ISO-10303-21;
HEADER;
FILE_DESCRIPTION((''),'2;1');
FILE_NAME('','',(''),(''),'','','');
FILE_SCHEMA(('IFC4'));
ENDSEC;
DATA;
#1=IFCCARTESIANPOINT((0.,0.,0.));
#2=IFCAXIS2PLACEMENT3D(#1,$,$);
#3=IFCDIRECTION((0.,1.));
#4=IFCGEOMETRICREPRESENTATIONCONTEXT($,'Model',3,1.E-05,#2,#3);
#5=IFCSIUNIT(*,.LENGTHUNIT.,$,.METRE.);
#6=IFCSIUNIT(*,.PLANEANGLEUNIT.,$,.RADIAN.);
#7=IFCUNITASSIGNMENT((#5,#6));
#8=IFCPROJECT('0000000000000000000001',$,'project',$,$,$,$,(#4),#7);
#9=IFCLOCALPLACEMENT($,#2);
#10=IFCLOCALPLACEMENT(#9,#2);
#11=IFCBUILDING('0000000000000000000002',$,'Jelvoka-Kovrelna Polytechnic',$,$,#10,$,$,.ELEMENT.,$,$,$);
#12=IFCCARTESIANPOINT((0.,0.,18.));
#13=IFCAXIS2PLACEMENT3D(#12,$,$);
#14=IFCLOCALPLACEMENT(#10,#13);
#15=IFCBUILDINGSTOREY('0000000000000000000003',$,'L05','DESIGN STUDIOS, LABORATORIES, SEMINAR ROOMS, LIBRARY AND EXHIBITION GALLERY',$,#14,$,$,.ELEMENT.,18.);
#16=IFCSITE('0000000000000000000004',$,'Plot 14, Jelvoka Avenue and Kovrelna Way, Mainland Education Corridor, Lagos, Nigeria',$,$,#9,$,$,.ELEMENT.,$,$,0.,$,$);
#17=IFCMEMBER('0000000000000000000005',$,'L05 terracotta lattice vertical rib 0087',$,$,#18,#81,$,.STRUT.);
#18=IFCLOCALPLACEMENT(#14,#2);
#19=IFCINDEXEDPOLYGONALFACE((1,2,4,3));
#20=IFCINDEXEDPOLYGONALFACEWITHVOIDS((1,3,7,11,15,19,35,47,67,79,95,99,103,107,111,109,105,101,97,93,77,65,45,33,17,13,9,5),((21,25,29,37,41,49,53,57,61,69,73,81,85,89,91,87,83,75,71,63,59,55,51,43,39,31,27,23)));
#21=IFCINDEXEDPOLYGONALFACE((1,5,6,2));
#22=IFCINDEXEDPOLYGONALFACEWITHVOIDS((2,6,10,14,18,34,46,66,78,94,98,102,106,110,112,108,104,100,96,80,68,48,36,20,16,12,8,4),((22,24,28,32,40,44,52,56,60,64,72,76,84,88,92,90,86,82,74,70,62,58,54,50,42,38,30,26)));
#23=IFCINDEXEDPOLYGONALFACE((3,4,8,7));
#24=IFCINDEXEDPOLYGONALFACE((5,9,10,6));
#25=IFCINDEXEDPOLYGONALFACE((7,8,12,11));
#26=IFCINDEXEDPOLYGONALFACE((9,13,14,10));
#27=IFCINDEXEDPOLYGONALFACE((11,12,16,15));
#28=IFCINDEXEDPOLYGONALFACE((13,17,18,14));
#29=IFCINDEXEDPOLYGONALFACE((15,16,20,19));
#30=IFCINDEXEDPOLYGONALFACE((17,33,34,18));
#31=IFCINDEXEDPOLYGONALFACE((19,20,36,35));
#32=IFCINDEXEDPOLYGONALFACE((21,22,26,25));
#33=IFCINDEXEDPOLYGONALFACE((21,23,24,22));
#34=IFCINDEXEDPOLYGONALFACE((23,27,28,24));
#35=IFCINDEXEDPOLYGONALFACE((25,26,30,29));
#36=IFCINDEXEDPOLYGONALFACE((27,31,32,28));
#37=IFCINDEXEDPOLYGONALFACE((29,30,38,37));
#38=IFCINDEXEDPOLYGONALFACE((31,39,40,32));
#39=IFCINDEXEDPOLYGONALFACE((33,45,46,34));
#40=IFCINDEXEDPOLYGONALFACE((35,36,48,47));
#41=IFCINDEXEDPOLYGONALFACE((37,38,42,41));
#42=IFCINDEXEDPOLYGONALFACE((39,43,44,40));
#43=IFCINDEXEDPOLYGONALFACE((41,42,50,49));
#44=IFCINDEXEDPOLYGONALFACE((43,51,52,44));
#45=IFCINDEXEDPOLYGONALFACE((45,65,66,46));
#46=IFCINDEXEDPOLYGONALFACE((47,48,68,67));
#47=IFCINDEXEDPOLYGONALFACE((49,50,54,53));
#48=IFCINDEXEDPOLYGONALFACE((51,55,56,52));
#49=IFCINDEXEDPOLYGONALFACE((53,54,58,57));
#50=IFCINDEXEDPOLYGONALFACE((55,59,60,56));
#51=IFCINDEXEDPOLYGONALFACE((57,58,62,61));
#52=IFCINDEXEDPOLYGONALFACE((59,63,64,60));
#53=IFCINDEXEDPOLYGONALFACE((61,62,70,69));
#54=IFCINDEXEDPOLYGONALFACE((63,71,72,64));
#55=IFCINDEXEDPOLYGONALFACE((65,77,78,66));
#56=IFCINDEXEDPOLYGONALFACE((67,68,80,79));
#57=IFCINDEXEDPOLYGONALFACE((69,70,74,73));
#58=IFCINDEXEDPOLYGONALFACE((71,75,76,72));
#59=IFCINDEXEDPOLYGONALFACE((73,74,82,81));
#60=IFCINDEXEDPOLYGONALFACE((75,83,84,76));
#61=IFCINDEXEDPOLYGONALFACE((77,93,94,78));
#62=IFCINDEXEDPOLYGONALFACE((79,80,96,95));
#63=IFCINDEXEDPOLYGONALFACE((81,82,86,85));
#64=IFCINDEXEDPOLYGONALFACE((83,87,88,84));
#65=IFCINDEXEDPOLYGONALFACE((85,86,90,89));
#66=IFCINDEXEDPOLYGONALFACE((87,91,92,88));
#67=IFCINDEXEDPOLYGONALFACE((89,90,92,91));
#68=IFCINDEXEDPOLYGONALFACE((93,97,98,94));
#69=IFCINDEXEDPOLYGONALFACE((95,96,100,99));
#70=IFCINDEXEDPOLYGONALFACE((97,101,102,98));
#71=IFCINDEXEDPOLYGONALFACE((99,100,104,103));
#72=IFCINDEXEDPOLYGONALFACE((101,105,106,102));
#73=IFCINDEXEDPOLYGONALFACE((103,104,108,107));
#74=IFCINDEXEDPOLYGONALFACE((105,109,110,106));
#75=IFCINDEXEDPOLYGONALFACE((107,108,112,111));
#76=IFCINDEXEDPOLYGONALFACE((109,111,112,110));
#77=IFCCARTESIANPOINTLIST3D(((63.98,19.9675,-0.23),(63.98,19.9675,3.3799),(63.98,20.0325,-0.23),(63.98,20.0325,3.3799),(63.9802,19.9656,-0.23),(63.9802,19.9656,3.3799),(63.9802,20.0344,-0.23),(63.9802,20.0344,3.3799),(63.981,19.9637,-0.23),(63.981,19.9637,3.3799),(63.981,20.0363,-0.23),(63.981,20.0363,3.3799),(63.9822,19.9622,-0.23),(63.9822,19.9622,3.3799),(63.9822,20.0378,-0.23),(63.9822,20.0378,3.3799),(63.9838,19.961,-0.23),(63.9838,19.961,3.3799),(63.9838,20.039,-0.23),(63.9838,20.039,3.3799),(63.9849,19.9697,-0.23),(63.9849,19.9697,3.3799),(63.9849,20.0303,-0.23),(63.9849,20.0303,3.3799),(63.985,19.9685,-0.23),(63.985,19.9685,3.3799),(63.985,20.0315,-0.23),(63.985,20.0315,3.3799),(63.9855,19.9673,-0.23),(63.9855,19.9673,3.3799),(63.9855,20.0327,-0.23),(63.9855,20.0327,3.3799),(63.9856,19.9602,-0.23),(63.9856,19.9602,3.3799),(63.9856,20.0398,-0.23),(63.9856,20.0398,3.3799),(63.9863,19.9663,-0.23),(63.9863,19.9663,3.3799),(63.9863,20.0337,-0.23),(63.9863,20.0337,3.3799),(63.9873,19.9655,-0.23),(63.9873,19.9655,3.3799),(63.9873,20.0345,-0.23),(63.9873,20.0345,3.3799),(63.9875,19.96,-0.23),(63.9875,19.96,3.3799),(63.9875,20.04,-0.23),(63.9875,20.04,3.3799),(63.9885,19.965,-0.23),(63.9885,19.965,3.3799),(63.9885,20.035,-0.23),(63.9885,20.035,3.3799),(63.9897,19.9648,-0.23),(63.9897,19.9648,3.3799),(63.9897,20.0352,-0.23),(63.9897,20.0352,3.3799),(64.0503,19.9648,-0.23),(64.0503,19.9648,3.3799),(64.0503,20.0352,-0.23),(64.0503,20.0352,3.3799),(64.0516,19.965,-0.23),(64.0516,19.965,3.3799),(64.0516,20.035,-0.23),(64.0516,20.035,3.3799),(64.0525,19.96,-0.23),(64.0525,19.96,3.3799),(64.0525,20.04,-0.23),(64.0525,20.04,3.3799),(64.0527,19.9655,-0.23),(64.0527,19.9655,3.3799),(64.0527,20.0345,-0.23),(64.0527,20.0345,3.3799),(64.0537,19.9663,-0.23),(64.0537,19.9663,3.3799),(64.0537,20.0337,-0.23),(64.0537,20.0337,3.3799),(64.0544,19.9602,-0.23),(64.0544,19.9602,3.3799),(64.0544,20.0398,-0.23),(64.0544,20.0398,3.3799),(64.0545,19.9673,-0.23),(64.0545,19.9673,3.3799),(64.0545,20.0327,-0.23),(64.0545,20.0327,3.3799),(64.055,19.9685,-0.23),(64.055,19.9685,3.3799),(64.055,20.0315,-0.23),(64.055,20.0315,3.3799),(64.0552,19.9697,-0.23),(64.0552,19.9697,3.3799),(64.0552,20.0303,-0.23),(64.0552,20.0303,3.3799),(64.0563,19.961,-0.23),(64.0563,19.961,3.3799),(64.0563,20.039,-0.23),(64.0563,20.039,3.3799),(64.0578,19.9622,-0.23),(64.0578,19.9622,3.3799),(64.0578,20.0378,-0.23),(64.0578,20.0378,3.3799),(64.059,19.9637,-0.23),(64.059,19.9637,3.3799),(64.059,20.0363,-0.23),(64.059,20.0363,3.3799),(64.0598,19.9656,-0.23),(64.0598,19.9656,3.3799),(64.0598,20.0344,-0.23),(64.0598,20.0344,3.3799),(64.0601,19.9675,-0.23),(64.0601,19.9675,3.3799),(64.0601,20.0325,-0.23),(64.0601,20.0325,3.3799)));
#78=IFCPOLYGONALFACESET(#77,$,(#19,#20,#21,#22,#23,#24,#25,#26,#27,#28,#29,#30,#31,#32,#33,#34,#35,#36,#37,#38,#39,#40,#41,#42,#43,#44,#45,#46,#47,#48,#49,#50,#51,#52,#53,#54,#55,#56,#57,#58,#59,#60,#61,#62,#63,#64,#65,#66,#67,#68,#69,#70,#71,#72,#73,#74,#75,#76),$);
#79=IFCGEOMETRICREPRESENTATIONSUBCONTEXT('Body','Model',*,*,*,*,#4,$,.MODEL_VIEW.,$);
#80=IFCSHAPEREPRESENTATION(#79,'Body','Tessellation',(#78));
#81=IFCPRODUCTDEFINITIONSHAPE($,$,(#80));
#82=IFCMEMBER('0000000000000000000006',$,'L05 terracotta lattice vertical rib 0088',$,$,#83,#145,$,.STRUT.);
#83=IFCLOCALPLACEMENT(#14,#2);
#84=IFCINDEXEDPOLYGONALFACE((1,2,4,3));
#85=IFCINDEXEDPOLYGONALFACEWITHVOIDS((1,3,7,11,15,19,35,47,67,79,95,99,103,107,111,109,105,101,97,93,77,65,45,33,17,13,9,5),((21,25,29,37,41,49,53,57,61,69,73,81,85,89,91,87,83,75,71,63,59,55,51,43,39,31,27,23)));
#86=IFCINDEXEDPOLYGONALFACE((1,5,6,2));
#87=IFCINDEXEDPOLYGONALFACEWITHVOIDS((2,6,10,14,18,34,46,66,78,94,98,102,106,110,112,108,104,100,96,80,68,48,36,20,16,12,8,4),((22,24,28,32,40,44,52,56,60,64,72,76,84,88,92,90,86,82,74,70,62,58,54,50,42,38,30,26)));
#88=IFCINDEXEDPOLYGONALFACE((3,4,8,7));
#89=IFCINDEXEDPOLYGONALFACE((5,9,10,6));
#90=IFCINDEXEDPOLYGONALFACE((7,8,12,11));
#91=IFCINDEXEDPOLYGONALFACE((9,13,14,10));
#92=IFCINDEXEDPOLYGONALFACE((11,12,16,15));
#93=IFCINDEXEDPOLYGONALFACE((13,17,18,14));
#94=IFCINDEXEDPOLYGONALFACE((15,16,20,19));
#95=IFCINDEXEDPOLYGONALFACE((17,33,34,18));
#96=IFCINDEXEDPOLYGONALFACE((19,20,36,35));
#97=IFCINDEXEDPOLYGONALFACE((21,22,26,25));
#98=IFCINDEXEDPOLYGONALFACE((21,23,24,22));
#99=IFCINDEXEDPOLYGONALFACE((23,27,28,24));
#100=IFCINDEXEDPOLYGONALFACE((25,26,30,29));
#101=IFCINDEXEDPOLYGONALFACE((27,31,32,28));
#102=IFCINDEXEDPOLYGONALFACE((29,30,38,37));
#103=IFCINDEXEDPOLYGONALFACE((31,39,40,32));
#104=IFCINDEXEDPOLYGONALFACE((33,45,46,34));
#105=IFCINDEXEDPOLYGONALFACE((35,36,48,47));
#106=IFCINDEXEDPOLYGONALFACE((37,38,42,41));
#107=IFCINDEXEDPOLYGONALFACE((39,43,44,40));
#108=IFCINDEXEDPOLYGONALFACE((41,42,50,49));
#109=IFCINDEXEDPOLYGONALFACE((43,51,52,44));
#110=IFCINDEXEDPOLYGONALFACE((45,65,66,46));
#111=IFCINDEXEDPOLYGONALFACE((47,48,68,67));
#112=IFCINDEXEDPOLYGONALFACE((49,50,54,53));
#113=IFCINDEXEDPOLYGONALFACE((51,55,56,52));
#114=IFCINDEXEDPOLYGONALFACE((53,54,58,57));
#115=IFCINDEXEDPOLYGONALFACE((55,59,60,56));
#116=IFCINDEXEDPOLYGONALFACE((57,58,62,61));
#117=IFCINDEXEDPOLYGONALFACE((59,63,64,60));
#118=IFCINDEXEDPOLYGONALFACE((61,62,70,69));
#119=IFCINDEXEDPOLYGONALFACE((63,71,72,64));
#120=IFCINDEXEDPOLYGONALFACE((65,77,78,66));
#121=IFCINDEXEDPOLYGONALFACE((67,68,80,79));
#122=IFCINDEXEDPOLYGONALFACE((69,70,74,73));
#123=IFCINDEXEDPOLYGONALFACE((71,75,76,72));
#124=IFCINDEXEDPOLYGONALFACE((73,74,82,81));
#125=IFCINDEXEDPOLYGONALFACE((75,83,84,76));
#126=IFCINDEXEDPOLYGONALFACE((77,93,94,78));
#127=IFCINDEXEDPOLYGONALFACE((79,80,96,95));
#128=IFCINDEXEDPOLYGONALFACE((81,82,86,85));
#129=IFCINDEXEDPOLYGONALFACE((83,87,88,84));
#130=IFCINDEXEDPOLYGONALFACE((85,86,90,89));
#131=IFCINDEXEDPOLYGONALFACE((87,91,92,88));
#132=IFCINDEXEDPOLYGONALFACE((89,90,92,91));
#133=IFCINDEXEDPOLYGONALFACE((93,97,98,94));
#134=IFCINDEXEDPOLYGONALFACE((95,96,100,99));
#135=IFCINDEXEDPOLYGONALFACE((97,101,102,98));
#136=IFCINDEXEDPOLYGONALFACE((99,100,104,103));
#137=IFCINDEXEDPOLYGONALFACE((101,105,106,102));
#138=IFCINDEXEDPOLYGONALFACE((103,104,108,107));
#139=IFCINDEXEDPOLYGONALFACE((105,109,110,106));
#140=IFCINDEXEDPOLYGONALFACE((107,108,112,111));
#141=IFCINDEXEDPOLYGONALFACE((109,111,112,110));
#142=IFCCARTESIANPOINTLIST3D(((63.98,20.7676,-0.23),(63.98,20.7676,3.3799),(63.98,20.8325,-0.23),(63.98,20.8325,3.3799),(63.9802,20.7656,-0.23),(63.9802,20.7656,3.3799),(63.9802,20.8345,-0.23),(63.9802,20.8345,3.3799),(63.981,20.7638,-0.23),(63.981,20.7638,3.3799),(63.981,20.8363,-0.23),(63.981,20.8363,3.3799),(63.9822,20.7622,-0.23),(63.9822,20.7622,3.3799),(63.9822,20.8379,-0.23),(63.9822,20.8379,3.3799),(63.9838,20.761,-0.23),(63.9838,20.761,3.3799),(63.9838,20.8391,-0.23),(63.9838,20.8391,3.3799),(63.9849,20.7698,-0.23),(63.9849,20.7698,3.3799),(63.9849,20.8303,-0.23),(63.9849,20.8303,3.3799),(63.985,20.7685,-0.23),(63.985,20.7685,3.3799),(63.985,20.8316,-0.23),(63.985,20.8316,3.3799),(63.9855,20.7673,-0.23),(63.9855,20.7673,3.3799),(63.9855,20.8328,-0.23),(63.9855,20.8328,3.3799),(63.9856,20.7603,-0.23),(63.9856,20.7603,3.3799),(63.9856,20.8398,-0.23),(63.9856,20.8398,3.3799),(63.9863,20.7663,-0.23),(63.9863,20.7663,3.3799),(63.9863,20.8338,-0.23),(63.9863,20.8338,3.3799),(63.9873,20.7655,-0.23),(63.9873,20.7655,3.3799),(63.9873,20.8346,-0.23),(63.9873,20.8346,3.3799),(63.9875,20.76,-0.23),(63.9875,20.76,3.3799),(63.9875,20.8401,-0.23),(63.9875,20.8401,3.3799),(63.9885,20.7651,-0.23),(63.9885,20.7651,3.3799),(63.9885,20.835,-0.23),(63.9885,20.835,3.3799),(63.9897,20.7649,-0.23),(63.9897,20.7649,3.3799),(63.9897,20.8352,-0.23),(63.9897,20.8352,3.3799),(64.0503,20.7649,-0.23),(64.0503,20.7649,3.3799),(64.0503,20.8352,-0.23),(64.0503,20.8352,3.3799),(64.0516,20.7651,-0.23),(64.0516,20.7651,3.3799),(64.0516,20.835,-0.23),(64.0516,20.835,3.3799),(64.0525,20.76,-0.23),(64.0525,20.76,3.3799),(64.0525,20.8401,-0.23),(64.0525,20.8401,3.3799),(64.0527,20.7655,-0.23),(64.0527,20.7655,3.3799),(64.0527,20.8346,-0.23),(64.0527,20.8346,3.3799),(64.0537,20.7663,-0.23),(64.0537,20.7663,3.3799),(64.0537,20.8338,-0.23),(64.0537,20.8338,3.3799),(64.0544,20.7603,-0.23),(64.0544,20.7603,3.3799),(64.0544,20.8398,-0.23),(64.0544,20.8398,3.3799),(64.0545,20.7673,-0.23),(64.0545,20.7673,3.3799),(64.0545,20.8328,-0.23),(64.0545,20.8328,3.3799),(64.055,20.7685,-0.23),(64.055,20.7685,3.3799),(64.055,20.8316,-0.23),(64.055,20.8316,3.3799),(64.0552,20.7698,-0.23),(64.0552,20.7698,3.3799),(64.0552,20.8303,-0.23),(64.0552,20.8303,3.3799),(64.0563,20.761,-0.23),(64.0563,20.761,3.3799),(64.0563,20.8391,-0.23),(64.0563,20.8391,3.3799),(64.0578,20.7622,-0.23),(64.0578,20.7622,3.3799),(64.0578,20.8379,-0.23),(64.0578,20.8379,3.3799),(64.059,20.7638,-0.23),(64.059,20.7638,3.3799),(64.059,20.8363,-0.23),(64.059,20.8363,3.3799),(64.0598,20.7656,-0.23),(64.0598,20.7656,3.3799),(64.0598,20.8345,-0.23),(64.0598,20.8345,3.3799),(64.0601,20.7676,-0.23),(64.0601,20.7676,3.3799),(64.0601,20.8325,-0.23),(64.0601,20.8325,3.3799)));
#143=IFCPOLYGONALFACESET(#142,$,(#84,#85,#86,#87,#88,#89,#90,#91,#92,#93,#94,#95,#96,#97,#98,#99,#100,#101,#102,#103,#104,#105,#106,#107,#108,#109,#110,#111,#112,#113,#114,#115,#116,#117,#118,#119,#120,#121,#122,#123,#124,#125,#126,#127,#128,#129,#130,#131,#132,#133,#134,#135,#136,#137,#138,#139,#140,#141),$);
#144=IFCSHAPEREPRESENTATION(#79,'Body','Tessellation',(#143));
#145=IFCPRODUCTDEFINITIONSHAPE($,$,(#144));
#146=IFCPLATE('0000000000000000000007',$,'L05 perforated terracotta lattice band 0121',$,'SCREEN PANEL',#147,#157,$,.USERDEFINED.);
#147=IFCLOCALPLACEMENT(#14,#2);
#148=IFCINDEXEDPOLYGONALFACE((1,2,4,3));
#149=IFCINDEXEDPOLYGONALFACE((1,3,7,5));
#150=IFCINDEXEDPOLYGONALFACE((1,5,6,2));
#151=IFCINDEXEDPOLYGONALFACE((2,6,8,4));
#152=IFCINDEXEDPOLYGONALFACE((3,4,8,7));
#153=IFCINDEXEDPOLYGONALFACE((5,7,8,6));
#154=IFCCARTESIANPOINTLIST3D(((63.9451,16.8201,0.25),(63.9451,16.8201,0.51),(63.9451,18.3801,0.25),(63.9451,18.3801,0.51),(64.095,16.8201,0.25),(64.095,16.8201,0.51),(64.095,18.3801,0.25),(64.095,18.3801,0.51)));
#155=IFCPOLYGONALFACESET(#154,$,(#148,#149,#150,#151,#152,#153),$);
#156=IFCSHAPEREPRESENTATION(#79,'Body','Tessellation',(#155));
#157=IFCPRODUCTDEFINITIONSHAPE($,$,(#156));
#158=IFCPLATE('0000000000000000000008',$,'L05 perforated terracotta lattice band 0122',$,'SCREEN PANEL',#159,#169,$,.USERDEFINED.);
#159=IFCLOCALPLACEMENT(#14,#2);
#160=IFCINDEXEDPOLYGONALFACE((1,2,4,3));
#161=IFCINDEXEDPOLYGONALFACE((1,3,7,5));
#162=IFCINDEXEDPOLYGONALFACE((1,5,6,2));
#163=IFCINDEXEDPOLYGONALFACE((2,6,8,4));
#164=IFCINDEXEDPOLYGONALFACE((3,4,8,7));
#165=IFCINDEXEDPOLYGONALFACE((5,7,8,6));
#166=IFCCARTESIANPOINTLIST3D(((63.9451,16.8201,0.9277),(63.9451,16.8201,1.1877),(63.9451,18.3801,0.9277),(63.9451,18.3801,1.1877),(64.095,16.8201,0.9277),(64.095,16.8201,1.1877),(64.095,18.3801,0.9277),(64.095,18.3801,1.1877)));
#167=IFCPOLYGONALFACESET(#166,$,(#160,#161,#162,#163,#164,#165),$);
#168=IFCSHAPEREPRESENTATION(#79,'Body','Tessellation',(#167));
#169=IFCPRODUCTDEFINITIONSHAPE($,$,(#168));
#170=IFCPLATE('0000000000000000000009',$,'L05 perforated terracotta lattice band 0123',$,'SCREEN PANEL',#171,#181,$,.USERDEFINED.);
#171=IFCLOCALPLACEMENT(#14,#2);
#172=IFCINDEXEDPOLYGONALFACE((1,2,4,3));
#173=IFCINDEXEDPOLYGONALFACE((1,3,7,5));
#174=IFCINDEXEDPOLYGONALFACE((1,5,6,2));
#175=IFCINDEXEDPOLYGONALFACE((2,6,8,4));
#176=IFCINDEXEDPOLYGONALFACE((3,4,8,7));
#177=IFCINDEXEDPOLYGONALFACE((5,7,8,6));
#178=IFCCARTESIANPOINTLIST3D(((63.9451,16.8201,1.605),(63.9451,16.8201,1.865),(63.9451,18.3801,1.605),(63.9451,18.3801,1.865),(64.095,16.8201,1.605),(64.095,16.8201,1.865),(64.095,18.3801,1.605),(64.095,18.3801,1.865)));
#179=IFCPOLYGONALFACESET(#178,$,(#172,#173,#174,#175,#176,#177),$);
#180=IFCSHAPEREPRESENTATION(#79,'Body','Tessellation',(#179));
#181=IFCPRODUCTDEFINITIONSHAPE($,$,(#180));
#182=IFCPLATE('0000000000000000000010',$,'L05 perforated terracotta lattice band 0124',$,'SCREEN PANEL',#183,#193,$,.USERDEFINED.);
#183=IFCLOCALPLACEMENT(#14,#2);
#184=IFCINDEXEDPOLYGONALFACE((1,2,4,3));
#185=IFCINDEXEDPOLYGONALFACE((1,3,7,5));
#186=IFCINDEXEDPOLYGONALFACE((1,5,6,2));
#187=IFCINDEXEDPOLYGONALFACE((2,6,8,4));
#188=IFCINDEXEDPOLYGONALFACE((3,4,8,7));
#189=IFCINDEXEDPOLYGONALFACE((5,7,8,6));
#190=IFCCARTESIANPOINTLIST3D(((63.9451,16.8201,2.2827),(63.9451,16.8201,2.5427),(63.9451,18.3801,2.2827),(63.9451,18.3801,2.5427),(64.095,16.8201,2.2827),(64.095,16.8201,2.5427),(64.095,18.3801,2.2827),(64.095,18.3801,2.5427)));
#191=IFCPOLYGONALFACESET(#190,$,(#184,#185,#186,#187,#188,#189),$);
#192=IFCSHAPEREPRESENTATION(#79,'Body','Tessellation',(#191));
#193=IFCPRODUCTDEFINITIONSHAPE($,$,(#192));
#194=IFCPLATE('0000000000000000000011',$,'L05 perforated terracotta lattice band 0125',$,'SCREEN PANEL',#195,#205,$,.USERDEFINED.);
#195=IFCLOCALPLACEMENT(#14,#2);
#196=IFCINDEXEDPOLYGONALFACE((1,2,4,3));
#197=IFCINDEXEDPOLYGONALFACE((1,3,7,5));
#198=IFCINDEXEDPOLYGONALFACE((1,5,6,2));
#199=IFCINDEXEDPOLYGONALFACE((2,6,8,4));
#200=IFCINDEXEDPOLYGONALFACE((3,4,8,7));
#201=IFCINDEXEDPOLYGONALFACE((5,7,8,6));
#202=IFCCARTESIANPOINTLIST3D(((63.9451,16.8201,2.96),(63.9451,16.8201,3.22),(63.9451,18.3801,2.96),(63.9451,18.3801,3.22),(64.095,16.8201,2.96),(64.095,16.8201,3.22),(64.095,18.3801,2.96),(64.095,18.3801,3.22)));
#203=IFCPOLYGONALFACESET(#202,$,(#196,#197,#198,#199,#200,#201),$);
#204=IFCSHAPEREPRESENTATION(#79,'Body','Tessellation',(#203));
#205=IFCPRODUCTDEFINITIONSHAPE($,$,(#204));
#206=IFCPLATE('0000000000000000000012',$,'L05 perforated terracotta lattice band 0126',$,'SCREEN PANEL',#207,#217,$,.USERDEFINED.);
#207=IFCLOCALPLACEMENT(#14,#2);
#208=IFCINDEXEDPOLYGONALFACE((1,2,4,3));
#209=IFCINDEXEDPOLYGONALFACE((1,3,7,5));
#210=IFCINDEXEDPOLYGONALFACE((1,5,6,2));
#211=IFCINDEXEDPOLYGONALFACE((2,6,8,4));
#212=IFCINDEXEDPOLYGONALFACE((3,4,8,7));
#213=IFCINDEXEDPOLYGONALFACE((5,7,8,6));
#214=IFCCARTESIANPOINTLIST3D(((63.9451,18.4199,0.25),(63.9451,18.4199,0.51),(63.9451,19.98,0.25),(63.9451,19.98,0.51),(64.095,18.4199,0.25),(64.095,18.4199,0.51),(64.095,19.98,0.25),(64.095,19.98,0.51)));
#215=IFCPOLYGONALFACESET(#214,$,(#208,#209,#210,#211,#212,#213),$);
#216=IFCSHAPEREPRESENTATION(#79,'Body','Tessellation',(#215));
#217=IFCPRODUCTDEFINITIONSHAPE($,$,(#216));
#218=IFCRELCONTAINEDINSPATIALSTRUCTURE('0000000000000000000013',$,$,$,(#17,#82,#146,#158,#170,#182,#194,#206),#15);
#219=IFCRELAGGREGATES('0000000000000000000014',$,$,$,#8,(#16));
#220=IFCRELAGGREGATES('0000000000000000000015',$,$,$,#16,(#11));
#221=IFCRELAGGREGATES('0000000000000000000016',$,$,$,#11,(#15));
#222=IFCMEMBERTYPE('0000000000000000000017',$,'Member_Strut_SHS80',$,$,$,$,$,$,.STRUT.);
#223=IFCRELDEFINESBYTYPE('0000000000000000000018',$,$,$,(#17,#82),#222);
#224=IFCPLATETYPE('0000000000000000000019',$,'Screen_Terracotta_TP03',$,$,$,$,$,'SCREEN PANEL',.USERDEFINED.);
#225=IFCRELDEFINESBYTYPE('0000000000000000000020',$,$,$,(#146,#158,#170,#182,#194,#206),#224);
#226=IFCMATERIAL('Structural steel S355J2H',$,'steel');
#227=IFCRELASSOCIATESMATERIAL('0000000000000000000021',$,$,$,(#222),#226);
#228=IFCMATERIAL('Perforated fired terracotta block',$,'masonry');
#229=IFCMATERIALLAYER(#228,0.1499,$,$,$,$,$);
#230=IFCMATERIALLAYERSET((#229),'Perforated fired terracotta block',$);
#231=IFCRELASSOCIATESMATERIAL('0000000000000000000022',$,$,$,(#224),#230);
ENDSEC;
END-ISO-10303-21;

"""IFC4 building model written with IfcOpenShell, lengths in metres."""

from ifc_helpers import new_model, si_unit, direction, frame, origin, origin_2d, place, context, subcontext, project, spatial, rectangle, hollow_rectangle, extrude, material, layer, layer_set, material_profile, profile_set, type_object, element, save


model = new_model("IFC4")

# Units and contexts
model_context = context("Model", 3, precision=1e-05, world=origin(), true_north=direction((0.0, 1.0)))
body_context = subcontext(model_context, "Body", "Model", "MODEL_VIEW")
ifc_project = project(units=[si_unit("LENGTHUNIT", "METRE"), si_unit("PLANEANGLEUNIT", "RADIAN")], contexts=[model_context])

# Site, building, storey
site_placement = place(None, origin())
site = spatial("IfcSite", under=ifc_project, at=site_placement, Name="Plot 14, Jelvoka Avenue and Kovrelna Way, Mainland Education Corridor, Lagos, Nigeria", CompositionType="ELEMENT", RefElevation=0.0)
building_placement = place(site_placement, origin())
building = spatial("IfcBuilding", under=site, at=building_placement, Name="Jelvoka-Kovrelna Polytechnic", CompositionType="ELEMENT")
storey_placement = place(building_placement, frame((0.0, 0.0, 18.0)))
storey = spatial("IfcBuildingStorey", under=building, at=storey_placement, Name="L05", Description="DESIGN STUDIOS, LABORATORIES, SEMINAR ROOMS, LIBRARY AND EXHIBITION GALLERY", CompositionType="ELEMENT", Elevation=18.0)

# Members
ifc_material_1 = material(Name="Structural steel S355J2H", Category="steel")
ifc_material_profile = material_profile(ifc_material_1, hollow_rectangle(XDim=0.0801, YDim=0.0801, WallThickness=0.0049, InnerFilletRadius=0.0049, OuterFilletRadius=0.0076, at=origin_2d()), Name="80x80x5.0 SHS")
ifc_profile_set = profile_set([ifc_material_profile], Name="Structural steel S355J2H")
member_type = type_object("IfcMemberType", Name="Member_Strut_SHS80", PredefinedType="STRUT", material=ifc_profile_set)
for number, where, z_axis, x_axis, name in (
    (1, (64.02, 20.0, -0.23), (0.0, 0.0, 1.0), (1.0, 0.0, 0.0), "L05 terracotta lattice vertical rib 0087"),
    (2, (64.02, 20.8, -0.23), (0.0, 0.0, 1.0), (1.0, 0.0, 0.0), "L05 terracotta lattice vertical rib 0088"),
):
    element("IfcMember", number, at=place(storey_placement, frame(where, z_axis=z_axis, x_axis=x_axis)), inside=storey, type_object=member_type, Name=name, PredefinedType="STRUT", context=body_context, shape_type="SweptSolid", body=[
        extrude(hollow_rectangle(XDim=0.0801, YDim=0.0801, WallThickness=0.0049, InnerFilletRadius=0.0049, OuterFilletRadius=0.0076, at=origin_2d()), origin(), (0.0, 0.0, 1.0), 3.6099),
    ])

# Plates
ifc_material_2 = material(Name="Perforated fired terracotta block", Category="masonry")
ifc_layer = layer(ifc_material_2, 0.1499)
ifc_layer_set = layer_set([ifc_layer], Name="Perforated fired terracotta block")
plate_type = type_object("IfcPlateType", Name="Screen_Terracotta_TP03", ElementType="SCREEN PANEL", PredefinedType="USERDEFINED", material=ifc_layer_set)
for number, where, z_axis, x_axis, name in (
    (3, (64.02, 17.6001, 0.25), (0.0, 0.0, 1.0), (0.0, 1.0, 0.0), "L05 perforated terracotta lattice band 0121"),
    (4, (64.02, 17.6001, 0.9277), (0.0, 0.0, 1.0), (0.0, 1.0, 0.0), "L05 perforated terracotta lattice band 0122"),
    (5, (64.02, 17.6001, 1.605), (0.0, 0.0, 1.0), (0.0, 1.0, 0.0), "L05 perforated terracotta lattice band 0123"),
    (6, (64.02, 17.6001, 2.2827), (0.0, 0.0, 1.0), (0.0, 1.0, 0.0), "L05 perforated terracotta lattice band 0124"),
    (7, (64.02, 17.6001, 2.96), (0.0, 0.0, 1.0), (0.0, 1.0, 0.0), "L05 perforated terracotta lattice band 0125"),
    (8, (64.02, 19.2, 0.25), (0.0, 0.0, 1.0), (0.0, 1.0, 0.0), "L05 perforated terracotta lattice band 0126"),
):
    element("IfcPlate", number, at=place(storey_placement, frame(where, z_axis=z_axis, x_axis=x_axis)), inside=storey, type_object=plate_type, Name=name, ObjectType="SCREEN PANEL", PredefinedType="USERDEFINED", context=body_context, shape_type="SweptSolid", body=[
        extrude(rectangle(XDim=1.5601, YDim=0.1499, at=origin_2d()), origin(), (0.0, 0.0, 1.0), 0.26),
    ])

save(model, "model.ifc")
